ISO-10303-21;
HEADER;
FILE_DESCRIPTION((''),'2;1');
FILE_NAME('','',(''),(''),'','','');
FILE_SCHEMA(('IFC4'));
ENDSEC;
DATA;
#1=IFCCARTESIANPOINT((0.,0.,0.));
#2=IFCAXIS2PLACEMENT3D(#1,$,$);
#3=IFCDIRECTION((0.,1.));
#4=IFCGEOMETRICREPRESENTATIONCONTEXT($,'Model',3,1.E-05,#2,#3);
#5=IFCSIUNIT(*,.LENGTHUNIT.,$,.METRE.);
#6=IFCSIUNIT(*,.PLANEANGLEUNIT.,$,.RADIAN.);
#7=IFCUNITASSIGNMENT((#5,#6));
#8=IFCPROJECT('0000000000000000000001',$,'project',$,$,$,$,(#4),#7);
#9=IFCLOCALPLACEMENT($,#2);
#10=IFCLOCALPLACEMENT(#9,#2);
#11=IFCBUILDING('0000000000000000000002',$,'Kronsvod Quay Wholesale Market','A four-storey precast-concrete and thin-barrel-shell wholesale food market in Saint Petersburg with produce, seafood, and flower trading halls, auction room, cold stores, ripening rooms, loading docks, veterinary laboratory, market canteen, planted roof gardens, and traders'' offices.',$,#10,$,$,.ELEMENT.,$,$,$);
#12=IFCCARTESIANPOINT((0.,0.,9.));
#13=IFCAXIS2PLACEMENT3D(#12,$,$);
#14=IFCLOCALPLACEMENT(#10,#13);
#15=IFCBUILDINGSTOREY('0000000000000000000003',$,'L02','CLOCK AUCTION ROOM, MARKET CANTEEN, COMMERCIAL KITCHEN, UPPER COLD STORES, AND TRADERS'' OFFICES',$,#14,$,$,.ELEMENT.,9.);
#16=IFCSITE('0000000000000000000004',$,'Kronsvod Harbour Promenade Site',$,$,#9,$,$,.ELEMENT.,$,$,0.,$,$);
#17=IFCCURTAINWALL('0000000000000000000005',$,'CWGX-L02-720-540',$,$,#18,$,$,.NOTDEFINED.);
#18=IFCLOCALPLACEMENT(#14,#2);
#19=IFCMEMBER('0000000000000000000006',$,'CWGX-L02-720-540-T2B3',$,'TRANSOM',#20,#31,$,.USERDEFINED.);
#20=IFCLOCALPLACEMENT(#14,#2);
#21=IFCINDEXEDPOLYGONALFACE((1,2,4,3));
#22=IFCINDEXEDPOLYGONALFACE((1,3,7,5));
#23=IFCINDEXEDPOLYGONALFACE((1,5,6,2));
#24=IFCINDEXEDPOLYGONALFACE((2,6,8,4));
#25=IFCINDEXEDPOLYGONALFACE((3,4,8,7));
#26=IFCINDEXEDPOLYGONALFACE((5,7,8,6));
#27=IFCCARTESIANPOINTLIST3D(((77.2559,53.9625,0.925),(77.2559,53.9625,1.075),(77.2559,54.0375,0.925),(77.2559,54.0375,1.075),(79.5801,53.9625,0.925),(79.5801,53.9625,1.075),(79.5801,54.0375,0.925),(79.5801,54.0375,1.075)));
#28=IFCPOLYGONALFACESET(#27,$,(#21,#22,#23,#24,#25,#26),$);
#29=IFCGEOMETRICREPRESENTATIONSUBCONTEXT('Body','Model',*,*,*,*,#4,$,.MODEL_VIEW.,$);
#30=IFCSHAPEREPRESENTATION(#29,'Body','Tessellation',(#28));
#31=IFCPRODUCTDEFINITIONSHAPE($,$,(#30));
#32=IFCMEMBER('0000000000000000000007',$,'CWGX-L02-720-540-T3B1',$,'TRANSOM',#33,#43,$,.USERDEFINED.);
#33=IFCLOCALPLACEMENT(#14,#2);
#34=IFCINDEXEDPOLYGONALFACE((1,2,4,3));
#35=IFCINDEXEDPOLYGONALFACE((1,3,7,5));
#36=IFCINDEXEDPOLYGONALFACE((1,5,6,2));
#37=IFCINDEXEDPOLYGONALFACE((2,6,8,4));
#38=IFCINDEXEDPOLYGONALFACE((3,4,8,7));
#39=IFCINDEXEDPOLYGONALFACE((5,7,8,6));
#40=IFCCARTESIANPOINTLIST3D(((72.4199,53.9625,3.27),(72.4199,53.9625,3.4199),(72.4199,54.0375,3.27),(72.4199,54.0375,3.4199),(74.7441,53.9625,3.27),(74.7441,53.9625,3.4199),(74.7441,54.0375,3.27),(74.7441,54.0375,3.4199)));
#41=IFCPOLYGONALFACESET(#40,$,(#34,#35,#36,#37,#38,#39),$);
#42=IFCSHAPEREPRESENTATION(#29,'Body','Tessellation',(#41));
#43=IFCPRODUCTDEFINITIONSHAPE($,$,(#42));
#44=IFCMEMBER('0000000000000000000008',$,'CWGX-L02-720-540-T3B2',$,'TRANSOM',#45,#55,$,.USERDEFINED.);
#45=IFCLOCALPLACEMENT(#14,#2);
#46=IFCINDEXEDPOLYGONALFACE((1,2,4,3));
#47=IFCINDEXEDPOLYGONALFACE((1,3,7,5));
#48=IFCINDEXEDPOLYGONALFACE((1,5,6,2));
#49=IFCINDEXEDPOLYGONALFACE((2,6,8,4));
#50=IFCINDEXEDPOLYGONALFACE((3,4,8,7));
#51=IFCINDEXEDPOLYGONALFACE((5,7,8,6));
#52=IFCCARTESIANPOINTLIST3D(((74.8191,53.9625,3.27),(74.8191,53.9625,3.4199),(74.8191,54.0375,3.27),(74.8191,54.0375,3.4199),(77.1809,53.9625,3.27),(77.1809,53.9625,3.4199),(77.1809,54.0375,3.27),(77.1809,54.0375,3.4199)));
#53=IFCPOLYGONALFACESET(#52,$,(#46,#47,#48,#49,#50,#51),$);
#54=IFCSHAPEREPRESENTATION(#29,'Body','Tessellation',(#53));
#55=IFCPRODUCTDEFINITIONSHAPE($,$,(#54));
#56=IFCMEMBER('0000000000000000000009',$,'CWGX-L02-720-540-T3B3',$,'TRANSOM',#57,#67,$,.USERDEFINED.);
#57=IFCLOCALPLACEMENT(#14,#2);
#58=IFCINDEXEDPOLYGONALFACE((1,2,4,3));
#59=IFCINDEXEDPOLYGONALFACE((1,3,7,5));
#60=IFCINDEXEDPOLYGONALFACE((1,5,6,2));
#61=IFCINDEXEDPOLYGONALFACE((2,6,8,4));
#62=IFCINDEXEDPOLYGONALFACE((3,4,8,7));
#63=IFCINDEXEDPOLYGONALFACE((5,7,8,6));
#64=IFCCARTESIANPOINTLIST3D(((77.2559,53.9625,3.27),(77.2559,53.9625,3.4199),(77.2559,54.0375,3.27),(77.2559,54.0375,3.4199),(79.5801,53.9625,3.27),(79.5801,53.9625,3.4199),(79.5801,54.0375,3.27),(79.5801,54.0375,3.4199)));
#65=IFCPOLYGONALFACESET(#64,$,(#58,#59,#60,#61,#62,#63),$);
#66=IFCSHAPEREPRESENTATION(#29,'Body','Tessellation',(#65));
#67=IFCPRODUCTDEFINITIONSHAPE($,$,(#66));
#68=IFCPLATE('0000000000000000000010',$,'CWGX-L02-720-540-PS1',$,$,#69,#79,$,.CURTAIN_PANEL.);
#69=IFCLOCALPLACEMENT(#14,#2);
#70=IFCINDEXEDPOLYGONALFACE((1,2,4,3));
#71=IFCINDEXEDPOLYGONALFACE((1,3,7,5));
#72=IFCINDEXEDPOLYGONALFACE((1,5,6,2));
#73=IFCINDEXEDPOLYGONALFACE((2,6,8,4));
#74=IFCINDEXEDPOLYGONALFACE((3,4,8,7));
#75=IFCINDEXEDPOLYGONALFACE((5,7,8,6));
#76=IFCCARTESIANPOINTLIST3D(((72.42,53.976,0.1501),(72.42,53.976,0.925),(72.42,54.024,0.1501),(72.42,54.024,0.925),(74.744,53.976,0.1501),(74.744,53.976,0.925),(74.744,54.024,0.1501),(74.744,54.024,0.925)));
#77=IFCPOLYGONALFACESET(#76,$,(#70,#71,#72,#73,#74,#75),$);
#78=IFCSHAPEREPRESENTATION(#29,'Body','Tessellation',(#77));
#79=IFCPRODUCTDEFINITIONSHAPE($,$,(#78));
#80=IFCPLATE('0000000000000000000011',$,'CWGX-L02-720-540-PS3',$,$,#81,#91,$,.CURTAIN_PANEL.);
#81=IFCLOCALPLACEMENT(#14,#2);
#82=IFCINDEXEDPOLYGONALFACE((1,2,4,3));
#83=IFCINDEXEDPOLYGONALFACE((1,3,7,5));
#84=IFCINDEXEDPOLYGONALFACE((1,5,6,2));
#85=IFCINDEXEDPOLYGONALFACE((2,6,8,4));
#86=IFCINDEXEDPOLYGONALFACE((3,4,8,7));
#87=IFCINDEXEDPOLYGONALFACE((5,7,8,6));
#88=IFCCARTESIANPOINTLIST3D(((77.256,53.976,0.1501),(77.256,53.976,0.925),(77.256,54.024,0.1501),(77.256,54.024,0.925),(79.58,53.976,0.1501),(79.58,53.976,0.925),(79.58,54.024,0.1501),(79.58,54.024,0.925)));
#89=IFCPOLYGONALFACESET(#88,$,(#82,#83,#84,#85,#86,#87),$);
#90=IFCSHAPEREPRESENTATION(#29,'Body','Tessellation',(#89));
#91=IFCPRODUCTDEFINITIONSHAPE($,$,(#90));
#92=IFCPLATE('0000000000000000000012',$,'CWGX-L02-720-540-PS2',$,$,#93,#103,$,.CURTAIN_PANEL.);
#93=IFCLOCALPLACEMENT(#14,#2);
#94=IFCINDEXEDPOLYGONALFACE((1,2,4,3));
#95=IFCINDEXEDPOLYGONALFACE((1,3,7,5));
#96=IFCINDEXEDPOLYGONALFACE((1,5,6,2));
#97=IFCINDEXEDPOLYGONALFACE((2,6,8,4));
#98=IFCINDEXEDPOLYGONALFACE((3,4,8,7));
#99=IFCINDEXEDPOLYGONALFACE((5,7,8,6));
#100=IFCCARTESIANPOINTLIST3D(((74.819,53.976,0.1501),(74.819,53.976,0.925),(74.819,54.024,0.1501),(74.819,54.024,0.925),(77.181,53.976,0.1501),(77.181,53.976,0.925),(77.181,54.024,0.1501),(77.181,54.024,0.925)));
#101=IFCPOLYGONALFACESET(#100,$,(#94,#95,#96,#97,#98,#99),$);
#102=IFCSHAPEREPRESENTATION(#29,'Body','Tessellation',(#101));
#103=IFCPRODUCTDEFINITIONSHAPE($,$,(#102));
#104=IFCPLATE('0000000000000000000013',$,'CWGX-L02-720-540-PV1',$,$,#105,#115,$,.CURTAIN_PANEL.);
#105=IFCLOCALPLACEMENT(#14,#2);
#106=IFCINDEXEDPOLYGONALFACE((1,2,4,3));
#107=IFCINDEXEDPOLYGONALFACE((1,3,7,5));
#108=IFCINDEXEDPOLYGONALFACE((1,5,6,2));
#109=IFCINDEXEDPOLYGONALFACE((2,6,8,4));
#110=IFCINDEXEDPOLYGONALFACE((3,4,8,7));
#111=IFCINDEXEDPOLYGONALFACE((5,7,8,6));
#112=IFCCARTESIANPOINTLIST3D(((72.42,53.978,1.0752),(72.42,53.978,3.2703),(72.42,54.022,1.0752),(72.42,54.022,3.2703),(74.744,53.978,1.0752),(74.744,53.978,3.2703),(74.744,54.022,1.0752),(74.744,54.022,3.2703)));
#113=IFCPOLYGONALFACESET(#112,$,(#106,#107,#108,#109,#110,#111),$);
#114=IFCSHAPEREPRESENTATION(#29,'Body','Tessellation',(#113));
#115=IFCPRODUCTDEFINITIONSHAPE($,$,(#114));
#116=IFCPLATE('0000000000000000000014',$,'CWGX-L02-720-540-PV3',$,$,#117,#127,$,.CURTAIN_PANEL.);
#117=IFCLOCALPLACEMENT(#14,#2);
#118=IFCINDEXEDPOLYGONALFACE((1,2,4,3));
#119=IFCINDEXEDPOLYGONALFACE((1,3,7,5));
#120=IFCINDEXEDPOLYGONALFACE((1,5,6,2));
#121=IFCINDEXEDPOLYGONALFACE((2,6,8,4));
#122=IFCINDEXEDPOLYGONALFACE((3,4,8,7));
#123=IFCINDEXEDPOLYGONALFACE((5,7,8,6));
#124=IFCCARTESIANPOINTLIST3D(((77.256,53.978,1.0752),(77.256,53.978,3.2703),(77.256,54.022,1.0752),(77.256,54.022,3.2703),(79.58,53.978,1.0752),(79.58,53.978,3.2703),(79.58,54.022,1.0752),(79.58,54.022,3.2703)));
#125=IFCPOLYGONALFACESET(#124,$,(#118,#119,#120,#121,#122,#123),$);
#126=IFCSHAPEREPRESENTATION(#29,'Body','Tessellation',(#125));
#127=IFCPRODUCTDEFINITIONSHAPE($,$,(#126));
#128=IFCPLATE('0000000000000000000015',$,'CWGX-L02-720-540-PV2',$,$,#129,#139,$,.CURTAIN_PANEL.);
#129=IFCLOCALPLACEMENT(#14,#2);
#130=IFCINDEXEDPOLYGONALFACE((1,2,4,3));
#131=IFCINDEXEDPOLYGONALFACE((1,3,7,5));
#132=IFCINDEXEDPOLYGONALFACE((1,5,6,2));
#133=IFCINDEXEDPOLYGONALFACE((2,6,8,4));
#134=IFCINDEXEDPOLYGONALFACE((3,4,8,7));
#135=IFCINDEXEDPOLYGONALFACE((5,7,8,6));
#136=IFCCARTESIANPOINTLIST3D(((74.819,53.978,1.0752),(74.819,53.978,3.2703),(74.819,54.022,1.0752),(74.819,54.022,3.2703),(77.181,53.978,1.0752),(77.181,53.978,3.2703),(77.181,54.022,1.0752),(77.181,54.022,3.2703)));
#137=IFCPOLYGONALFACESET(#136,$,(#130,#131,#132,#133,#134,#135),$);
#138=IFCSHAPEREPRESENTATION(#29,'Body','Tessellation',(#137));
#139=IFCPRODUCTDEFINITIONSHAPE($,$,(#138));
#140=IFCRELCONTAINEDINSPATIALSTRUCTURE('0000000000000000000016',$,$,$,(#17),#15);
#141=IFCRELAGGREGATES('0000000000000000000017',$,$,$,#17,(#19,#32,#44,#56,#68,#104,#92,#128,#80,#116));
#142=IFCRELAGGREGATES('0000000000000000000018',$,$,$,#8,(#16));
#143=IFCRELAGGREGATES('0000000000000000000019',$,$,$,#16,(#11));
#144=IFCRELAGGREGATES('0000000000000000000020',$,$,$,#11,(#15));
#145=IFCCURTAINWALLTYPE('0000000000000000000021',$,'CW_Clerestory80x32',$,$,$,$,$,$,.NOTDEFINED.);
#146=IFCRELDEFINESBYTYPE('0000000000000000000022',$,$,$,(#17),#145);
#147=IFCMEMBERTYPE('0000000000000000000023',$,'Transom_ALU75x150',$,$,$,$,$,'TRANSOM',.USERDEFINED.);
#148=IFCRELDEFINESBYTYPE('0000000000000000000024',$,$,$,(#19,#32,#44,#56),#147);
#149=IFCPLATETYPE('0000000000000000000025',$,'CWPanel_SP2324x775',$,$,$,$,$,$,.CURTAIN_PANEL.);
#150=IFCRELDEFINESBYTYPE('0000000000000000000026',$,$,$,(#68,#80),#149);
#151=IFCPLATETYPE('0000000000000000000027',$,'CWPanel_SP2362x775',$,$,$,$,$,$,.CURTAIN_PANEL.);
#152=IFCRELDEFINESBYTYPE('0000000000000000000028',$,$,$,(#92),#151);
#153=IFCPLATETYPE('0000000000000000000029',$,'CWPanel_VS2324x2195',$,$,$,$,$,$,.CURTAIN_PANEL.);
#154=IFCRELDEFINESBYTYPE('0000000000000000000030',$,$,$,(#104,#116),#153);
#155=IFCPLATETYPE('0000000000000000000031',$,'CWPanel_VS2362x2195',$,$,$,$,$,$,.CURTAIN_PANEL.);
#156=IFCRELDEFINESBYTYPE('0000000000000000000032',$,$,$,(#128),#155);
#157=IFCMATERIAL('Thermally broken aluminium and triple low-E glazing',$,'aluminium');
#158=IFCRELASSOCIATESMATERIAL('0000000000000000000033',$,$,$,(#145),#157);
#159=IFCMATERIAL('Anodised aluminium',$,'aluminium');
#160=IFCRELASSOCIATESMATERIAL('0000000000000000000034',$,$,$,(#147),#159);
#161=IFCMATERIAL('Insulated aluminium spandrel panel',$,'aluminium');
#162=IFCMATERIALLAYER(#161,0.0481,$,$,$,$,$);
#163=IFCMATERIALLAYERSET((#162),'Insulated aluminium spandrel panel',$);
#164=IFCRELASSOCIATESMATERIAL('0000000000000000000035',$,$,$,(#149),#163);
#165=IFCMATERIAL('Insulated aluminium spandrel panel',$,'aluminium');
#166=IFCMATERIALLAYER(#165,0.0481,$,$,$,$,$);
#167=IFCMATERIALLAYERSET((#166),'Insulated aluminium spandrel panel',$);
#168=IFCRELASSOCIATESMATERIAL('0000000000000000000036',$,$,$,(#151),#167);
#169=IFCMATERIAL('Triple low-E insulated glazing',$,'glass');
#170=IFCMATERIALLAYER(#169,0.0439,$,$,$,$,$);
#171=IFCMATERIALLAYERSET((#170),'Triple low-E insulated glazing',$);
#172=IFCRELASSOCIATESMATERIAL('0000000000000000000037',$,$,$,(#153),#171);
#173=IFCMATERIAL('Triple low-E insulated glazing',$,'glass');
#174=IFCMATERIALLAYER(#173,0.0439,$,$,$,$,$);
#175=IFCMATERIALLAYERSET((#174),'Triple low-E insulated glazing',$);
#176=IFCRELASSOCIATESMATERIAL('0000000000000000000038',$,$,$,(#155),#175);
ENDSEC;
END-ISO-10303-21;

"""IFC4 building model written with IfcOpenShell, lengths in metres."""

from ifc_helpers import new_model, si_unit, direction, frame, origin, origin_2d, place, context, subcontext, project, spatial, rectangle, extrude, material, layer, layer_set, material_profile, profile_set, type_object, element, aggregate, save


model = new_model("IFC4")

# Units and contexts
model_context = context("Model", 3, precision=1e-05, world=origin(), true_north=direction((0.0, 1.0)))
body_context = subcontext(model_context, "Body", "Model", "MODEL_VIEW")
ifc_project = project(units=[si_unit("LENGTHUNIT", "METRE"), si_unit("PLANEANGLEUNIT", "RADIAN")], contexts=[model_context])

# Site, building, storey
site_placement = place(None, origin())
site = spatial("IfcSite", under=ifc_project, at=site_placement, Name="Kronsvod Harbour Promenade Site", CompositionType="ELEMENT", RefElevation=0.0)
building_placement = place(site_placement, origin())
building = spatial("IfcBuilding", under=site, at=building_placement, Name="Kronsvod Quay Wholesale Market", Description="A four-storey precast-concrete and thin-barrel-shell wholesale food market in Saint Petersburg with produce, seafood, and flower trading halls, auction room, cold stores, ripening rooms, loading docks, veterinary laboratory, market canteen, planted roof gardens, and traders' offices.", CompositionType="ELEMENT")
storey_placement = place(building_placement, frame((0.0, 0.0, 9.0)))
storey = spatial("IfcBuildingStorey", under=building, at=storey_placement, Name="L02", Description="CLOCK AUCTION ROOM, MARKET CANTEEN, COMMERCIAL KITCHEN, UPPER COLD STORES, AND TRADERS' OFFICES", CompositionType="ELEMENT", Elevation=9.0)

# Curtain wall, members, plates
ifc_material_1 = material(Name="Thermally broken aluminium and triple low-E glazing", Category="aluminium")
curtain_wall_type = type_object("IfcCurtainWallType", Name="CW_Clerestory80x32", PredefinedType="NOTDEFINED", material=ifc_material_1)
curtain_wall_placement = place(storey_placement, origin())
curtain_wall = element("IfcCurtainWall", 1, at=curtain_wall_placement, inside=storey, type_object=curtain_wall_type, Name="CWGX-L02-720-540", PredefinedType="NOTDEFINED")
ifc_material_2 = material(Name="Anodised aluminium", Category="aluminium")
ifc_material_profile_1 = material_profile(ifc_material_2, rectangle(XDim=0.075, YDim=0.1499, at=origin_2d()), Name="ALUT75x150")
ifc_profile_set_1 = profile_set([ifc_material_profile_1], Name="Anodised aluminium")
member_type_1 = type_object("IfcMemberType", Name="Transom_ALU75x150", ElementType="TRANSOM", PredefinedType="USERDEFINED", material=ifc_profile_set_1)
member_1_placement = place(storey_placement, frame((77.2559, 54.0, 1.0), z_axis=(1.0, 0.0, 0.0), x_axis=(0.0, 1.0, 0.0)))
member_1 = element("IfcMember", 2, at=member_1_placement, type_object=member_type_1, Name="CWGX-L02-720-540-T2B3", ObjectType="TRANSOM", PredefinedType="USERDEFINED", context=body_context, shape_type="SweptSolid", body=[
    extrude(rectangle(XDim=0.075, YDim=0.1499, at=origin_2d()), origin(), (0.0, 0.0, 1.0), 2.3242),
])
member_2_placement = place(storey_placement, frame((72.4199, 54.0, 3.345), z_axis=(1.0, 0.0, 0.0), x_axis=(0.0, 1.0, 0.0)))
member_2 = element("IfcMember", 3, at=member_2_placement, type_object=member_type_1, Name="CWGX-L02-720-540-T3B1", ObjectType="TRANSOM", PredefinedType="USERDEFINED", context=body_context, shape_type="SweptSolid", body=[
    extrude(rectangle(XDim=0.075, YDim=0.1499, at=origin_2d()), origin(), (0.0, 0.0, 1.0), 2.3242),
])
member_3_placement = place(storey_placement, frame((74.8191, 54.0, 3.345), z_axis=(1.0, 0.0, 0.0), x_axis=(0.0, 1.0, 0.0)))
member_3 = element("IfcMember", 4, at=member_3_placement, type_object=member_type_1, Name="CWGX-L02-720-540-T3B2", ObjectType="TRANSOM", PredefinedType="USERDEFINED", context=body_context, shape_type="SweptSolid", body=[
    extrude(rectangle(XDim=0.075, YDim=0.1499, at=origin_2d()), origin(), (0.0, 0.0, 1.0), 2.3618),
])
member_4_placement = place(storey_placement, frame((77.2559, 54.0, 3.345), z_axis=(1.0, 0.0, 0.0), x_axis=(0.0, 1.0, 0.0)))
member_4 = element("IfcMember", 5, at=member_4_placement, type_object=member_type_1, Name="CWGX-L02-720-540-T3B3", ObjectType="TRANSOM", PredefinedType="USERDEFINED", context=body_context, shape_type="SweptSolid", body=[
    extrude(rectangle(XDim=0.075, YDim=0.1499, at=origin_2d()), origin(), (0.0, 0.0, 1.0), 2.3242),
])
ifc_material_3 = material(Name="Insulated aluminium spandrel panel", Category="aluminium")
ifc_layer_1 = layer(ifc_material_3, 0.0481)
ifc_layer_set_1 = layer_set([ifc_layer_1], Name="Insulated aluminium spandrel panel")
plate_type_1 = type_object("IfcPlateType", Name="CWPanel_SP2324x775", PredefinedType="CURTAIN_PANEL", material=ifc_layer_set_1)
plate_1_placement = place(storey_placement, frame((73.582, 54.0, 0.1501), z_axis=(0.0, 0.0, 1.0), x_axis=(1.0, 0.0, 0.0)))
plate_1 = element("IfcPlate", 6, at=plate_1_placement, type_object=plate_type_1, Name="CWGX-L02-720-540-PS1", PredefinedType="CURTAIN_PANEL", context=body_context, shape_type="SweptSolid", body=[
    extrude(rectangle(XDim=2.324, YDim=0.0481, at=origin_2d()), origin(), (0.0, 0.0, 1.0), 0.7749),
])
plate_2_placement = place(storey_placement, frame((78.418, 54.0, 0.1501), z_axis=(0.0, 0.0, 1.0), x_axis=(1.0, 0.0, 0.0)))
plate_2 = element("IfcPlate", 7, at=plate_2_placement, type_object=plate_type_1, Name="CWGX-L02-720-540-PS3", PredefinedType="CURTAIN_PANEL", context=body_context, shape_type="SweptSolid", body=[
    extrude(rectangle(XDim=2.324, YDim=0.0481, at=origin_2d()), origin(), (0.0, 0.0, 1.0), 0.7749),
])
ifc_material_4 = material(Name="Insulated aluminium spandrel panel", Category="aluminium")
ifc_layer_2 = layer(ifc_material_4, 0.0481)
ifc_layer_set_2 = layer_set([ifc_layer_2], Name="Insulated aluminium spandrel panel")
plate_type_2 = type_object("IfcPlateType", Name="CWPanel_SP2362x775", PredefinedType="CURTAIN_PANEL", material=ifc_layer_set_2)
plate_3_placement = place(storey_placement, frame((76.0, 54.0, 0.1501), z_axis=(0.0, 0.0, 1.0), x_axis=(1.0, 0.0, 0.0)))
plate_3 = element("IfcPlate", 8, at=plate_3_placement, type_object=plate_type_2, Name="CWGX-L02-720-540-PS2", PredefinedType="CURTAIN_PANEL", context=body_context, shape_type="SweptSolid", body=[
    extrude(rectangle(XDim=2.3621, YDim=0.0481, at=origin_2d()), origin(), (0.0, 0.0, 1.0), 0.7749),
])
ifc_material_5 = material(Name="Triple low-E insulated glazing", Category="glass")
ifc_layer_3 = layer(ifc_material_5, 0.0439)
ifc_layer_set_3 = layer_set([ifc_layer_3], Name="Triple low-E insulated glazing")
plate_type_3 = type_object("IfcPlateType", Name="CWPanel_VS2324x2195", PredefinedType="CURTAIN_PANEL", material=ifc_layer_set_3)
plate_4_placement = place(storey_placement, frame((73.582, 54.0, 1.0752), z_axis=(0.0, 0.0, 1.0), x_axis=(1.0, 0.0, 0.0)))
plate_4 = element("IfcPlate", 9, at=plate_4_placement, type_object=plate_type_3, Name="CWGX-L02-720-540-PV1", PredefinedType="CURTAIN_PANEL", context=body_context, shape_type="SweptSolid", body=[
    extrude(rectangle(XDim=2.324, YDim=0.0439, at=origin_2d()), origin(), (0.0, 0.0, 1.0), 2.1951),
])
plate_5_placement = place(storey_placement, frame((78.418, 54.0, 1.0752), z_axis=(0.0, 0.0, 1.0), x_axis=(1.0, 0.0, 0.0)))
plate_5 = element("IfcPlate", 10, at=plate_5_placement, type_object=plate_type_3, Name="CWGX-L02-720-540-PV3", PredefinedType="CURTAIN_PANEL", context=body_context, shape_type="SweptSolid", body=[
    extrude(rectangle(XDim=2.324, YDim=0.0439, at=origin_2d()), origin(), (0.0, 0.0, 1.0), 2.1951),
])
ifc_material_6 = material(Name="Triple low-E insulated glazing", Category="glass")
ifc_layer_4 = layer(ifc_material_6, 0.0439)
ifc_layer_set_4 = layer_set([ifc_layer_4], Name="Triple low-E insulated glazing")
plate_type_4 = type_object("IfcPlateType", Name="CWPanel_VS2362x2195", PredefinedType="CURTAIN_PANEL", material=ifc_layer_set_4)
plate_6_placement = place(storey_placement, frame((76.0, 54.0, 1.0752), z_axis=(0.0, 0.0, 1.0), x_axis=(1.0, 0.0, 0.0)))
plate_6 = element("IfcPlate", 11, at=plate_6_placement, type_object=plate_type_4, Name="CWGX-L02-720-540-PV2", PredefinedType="CURTAIN_PANEL", context=body_context, shape_type="SweptSolid", body=[
    extrude(rectangle(XDim=2.3621, YDim=0.0439, at=origin_2d()), origin(), (0.0, 0.0, 1.0), 2.1951),
])
aggregate(curtain_wall, [member_1, member_2, member_3, member_4, plate_1, plate_4, plate_3, plate_6, plate_2, plate_5])

save(model, "model.ifc")
